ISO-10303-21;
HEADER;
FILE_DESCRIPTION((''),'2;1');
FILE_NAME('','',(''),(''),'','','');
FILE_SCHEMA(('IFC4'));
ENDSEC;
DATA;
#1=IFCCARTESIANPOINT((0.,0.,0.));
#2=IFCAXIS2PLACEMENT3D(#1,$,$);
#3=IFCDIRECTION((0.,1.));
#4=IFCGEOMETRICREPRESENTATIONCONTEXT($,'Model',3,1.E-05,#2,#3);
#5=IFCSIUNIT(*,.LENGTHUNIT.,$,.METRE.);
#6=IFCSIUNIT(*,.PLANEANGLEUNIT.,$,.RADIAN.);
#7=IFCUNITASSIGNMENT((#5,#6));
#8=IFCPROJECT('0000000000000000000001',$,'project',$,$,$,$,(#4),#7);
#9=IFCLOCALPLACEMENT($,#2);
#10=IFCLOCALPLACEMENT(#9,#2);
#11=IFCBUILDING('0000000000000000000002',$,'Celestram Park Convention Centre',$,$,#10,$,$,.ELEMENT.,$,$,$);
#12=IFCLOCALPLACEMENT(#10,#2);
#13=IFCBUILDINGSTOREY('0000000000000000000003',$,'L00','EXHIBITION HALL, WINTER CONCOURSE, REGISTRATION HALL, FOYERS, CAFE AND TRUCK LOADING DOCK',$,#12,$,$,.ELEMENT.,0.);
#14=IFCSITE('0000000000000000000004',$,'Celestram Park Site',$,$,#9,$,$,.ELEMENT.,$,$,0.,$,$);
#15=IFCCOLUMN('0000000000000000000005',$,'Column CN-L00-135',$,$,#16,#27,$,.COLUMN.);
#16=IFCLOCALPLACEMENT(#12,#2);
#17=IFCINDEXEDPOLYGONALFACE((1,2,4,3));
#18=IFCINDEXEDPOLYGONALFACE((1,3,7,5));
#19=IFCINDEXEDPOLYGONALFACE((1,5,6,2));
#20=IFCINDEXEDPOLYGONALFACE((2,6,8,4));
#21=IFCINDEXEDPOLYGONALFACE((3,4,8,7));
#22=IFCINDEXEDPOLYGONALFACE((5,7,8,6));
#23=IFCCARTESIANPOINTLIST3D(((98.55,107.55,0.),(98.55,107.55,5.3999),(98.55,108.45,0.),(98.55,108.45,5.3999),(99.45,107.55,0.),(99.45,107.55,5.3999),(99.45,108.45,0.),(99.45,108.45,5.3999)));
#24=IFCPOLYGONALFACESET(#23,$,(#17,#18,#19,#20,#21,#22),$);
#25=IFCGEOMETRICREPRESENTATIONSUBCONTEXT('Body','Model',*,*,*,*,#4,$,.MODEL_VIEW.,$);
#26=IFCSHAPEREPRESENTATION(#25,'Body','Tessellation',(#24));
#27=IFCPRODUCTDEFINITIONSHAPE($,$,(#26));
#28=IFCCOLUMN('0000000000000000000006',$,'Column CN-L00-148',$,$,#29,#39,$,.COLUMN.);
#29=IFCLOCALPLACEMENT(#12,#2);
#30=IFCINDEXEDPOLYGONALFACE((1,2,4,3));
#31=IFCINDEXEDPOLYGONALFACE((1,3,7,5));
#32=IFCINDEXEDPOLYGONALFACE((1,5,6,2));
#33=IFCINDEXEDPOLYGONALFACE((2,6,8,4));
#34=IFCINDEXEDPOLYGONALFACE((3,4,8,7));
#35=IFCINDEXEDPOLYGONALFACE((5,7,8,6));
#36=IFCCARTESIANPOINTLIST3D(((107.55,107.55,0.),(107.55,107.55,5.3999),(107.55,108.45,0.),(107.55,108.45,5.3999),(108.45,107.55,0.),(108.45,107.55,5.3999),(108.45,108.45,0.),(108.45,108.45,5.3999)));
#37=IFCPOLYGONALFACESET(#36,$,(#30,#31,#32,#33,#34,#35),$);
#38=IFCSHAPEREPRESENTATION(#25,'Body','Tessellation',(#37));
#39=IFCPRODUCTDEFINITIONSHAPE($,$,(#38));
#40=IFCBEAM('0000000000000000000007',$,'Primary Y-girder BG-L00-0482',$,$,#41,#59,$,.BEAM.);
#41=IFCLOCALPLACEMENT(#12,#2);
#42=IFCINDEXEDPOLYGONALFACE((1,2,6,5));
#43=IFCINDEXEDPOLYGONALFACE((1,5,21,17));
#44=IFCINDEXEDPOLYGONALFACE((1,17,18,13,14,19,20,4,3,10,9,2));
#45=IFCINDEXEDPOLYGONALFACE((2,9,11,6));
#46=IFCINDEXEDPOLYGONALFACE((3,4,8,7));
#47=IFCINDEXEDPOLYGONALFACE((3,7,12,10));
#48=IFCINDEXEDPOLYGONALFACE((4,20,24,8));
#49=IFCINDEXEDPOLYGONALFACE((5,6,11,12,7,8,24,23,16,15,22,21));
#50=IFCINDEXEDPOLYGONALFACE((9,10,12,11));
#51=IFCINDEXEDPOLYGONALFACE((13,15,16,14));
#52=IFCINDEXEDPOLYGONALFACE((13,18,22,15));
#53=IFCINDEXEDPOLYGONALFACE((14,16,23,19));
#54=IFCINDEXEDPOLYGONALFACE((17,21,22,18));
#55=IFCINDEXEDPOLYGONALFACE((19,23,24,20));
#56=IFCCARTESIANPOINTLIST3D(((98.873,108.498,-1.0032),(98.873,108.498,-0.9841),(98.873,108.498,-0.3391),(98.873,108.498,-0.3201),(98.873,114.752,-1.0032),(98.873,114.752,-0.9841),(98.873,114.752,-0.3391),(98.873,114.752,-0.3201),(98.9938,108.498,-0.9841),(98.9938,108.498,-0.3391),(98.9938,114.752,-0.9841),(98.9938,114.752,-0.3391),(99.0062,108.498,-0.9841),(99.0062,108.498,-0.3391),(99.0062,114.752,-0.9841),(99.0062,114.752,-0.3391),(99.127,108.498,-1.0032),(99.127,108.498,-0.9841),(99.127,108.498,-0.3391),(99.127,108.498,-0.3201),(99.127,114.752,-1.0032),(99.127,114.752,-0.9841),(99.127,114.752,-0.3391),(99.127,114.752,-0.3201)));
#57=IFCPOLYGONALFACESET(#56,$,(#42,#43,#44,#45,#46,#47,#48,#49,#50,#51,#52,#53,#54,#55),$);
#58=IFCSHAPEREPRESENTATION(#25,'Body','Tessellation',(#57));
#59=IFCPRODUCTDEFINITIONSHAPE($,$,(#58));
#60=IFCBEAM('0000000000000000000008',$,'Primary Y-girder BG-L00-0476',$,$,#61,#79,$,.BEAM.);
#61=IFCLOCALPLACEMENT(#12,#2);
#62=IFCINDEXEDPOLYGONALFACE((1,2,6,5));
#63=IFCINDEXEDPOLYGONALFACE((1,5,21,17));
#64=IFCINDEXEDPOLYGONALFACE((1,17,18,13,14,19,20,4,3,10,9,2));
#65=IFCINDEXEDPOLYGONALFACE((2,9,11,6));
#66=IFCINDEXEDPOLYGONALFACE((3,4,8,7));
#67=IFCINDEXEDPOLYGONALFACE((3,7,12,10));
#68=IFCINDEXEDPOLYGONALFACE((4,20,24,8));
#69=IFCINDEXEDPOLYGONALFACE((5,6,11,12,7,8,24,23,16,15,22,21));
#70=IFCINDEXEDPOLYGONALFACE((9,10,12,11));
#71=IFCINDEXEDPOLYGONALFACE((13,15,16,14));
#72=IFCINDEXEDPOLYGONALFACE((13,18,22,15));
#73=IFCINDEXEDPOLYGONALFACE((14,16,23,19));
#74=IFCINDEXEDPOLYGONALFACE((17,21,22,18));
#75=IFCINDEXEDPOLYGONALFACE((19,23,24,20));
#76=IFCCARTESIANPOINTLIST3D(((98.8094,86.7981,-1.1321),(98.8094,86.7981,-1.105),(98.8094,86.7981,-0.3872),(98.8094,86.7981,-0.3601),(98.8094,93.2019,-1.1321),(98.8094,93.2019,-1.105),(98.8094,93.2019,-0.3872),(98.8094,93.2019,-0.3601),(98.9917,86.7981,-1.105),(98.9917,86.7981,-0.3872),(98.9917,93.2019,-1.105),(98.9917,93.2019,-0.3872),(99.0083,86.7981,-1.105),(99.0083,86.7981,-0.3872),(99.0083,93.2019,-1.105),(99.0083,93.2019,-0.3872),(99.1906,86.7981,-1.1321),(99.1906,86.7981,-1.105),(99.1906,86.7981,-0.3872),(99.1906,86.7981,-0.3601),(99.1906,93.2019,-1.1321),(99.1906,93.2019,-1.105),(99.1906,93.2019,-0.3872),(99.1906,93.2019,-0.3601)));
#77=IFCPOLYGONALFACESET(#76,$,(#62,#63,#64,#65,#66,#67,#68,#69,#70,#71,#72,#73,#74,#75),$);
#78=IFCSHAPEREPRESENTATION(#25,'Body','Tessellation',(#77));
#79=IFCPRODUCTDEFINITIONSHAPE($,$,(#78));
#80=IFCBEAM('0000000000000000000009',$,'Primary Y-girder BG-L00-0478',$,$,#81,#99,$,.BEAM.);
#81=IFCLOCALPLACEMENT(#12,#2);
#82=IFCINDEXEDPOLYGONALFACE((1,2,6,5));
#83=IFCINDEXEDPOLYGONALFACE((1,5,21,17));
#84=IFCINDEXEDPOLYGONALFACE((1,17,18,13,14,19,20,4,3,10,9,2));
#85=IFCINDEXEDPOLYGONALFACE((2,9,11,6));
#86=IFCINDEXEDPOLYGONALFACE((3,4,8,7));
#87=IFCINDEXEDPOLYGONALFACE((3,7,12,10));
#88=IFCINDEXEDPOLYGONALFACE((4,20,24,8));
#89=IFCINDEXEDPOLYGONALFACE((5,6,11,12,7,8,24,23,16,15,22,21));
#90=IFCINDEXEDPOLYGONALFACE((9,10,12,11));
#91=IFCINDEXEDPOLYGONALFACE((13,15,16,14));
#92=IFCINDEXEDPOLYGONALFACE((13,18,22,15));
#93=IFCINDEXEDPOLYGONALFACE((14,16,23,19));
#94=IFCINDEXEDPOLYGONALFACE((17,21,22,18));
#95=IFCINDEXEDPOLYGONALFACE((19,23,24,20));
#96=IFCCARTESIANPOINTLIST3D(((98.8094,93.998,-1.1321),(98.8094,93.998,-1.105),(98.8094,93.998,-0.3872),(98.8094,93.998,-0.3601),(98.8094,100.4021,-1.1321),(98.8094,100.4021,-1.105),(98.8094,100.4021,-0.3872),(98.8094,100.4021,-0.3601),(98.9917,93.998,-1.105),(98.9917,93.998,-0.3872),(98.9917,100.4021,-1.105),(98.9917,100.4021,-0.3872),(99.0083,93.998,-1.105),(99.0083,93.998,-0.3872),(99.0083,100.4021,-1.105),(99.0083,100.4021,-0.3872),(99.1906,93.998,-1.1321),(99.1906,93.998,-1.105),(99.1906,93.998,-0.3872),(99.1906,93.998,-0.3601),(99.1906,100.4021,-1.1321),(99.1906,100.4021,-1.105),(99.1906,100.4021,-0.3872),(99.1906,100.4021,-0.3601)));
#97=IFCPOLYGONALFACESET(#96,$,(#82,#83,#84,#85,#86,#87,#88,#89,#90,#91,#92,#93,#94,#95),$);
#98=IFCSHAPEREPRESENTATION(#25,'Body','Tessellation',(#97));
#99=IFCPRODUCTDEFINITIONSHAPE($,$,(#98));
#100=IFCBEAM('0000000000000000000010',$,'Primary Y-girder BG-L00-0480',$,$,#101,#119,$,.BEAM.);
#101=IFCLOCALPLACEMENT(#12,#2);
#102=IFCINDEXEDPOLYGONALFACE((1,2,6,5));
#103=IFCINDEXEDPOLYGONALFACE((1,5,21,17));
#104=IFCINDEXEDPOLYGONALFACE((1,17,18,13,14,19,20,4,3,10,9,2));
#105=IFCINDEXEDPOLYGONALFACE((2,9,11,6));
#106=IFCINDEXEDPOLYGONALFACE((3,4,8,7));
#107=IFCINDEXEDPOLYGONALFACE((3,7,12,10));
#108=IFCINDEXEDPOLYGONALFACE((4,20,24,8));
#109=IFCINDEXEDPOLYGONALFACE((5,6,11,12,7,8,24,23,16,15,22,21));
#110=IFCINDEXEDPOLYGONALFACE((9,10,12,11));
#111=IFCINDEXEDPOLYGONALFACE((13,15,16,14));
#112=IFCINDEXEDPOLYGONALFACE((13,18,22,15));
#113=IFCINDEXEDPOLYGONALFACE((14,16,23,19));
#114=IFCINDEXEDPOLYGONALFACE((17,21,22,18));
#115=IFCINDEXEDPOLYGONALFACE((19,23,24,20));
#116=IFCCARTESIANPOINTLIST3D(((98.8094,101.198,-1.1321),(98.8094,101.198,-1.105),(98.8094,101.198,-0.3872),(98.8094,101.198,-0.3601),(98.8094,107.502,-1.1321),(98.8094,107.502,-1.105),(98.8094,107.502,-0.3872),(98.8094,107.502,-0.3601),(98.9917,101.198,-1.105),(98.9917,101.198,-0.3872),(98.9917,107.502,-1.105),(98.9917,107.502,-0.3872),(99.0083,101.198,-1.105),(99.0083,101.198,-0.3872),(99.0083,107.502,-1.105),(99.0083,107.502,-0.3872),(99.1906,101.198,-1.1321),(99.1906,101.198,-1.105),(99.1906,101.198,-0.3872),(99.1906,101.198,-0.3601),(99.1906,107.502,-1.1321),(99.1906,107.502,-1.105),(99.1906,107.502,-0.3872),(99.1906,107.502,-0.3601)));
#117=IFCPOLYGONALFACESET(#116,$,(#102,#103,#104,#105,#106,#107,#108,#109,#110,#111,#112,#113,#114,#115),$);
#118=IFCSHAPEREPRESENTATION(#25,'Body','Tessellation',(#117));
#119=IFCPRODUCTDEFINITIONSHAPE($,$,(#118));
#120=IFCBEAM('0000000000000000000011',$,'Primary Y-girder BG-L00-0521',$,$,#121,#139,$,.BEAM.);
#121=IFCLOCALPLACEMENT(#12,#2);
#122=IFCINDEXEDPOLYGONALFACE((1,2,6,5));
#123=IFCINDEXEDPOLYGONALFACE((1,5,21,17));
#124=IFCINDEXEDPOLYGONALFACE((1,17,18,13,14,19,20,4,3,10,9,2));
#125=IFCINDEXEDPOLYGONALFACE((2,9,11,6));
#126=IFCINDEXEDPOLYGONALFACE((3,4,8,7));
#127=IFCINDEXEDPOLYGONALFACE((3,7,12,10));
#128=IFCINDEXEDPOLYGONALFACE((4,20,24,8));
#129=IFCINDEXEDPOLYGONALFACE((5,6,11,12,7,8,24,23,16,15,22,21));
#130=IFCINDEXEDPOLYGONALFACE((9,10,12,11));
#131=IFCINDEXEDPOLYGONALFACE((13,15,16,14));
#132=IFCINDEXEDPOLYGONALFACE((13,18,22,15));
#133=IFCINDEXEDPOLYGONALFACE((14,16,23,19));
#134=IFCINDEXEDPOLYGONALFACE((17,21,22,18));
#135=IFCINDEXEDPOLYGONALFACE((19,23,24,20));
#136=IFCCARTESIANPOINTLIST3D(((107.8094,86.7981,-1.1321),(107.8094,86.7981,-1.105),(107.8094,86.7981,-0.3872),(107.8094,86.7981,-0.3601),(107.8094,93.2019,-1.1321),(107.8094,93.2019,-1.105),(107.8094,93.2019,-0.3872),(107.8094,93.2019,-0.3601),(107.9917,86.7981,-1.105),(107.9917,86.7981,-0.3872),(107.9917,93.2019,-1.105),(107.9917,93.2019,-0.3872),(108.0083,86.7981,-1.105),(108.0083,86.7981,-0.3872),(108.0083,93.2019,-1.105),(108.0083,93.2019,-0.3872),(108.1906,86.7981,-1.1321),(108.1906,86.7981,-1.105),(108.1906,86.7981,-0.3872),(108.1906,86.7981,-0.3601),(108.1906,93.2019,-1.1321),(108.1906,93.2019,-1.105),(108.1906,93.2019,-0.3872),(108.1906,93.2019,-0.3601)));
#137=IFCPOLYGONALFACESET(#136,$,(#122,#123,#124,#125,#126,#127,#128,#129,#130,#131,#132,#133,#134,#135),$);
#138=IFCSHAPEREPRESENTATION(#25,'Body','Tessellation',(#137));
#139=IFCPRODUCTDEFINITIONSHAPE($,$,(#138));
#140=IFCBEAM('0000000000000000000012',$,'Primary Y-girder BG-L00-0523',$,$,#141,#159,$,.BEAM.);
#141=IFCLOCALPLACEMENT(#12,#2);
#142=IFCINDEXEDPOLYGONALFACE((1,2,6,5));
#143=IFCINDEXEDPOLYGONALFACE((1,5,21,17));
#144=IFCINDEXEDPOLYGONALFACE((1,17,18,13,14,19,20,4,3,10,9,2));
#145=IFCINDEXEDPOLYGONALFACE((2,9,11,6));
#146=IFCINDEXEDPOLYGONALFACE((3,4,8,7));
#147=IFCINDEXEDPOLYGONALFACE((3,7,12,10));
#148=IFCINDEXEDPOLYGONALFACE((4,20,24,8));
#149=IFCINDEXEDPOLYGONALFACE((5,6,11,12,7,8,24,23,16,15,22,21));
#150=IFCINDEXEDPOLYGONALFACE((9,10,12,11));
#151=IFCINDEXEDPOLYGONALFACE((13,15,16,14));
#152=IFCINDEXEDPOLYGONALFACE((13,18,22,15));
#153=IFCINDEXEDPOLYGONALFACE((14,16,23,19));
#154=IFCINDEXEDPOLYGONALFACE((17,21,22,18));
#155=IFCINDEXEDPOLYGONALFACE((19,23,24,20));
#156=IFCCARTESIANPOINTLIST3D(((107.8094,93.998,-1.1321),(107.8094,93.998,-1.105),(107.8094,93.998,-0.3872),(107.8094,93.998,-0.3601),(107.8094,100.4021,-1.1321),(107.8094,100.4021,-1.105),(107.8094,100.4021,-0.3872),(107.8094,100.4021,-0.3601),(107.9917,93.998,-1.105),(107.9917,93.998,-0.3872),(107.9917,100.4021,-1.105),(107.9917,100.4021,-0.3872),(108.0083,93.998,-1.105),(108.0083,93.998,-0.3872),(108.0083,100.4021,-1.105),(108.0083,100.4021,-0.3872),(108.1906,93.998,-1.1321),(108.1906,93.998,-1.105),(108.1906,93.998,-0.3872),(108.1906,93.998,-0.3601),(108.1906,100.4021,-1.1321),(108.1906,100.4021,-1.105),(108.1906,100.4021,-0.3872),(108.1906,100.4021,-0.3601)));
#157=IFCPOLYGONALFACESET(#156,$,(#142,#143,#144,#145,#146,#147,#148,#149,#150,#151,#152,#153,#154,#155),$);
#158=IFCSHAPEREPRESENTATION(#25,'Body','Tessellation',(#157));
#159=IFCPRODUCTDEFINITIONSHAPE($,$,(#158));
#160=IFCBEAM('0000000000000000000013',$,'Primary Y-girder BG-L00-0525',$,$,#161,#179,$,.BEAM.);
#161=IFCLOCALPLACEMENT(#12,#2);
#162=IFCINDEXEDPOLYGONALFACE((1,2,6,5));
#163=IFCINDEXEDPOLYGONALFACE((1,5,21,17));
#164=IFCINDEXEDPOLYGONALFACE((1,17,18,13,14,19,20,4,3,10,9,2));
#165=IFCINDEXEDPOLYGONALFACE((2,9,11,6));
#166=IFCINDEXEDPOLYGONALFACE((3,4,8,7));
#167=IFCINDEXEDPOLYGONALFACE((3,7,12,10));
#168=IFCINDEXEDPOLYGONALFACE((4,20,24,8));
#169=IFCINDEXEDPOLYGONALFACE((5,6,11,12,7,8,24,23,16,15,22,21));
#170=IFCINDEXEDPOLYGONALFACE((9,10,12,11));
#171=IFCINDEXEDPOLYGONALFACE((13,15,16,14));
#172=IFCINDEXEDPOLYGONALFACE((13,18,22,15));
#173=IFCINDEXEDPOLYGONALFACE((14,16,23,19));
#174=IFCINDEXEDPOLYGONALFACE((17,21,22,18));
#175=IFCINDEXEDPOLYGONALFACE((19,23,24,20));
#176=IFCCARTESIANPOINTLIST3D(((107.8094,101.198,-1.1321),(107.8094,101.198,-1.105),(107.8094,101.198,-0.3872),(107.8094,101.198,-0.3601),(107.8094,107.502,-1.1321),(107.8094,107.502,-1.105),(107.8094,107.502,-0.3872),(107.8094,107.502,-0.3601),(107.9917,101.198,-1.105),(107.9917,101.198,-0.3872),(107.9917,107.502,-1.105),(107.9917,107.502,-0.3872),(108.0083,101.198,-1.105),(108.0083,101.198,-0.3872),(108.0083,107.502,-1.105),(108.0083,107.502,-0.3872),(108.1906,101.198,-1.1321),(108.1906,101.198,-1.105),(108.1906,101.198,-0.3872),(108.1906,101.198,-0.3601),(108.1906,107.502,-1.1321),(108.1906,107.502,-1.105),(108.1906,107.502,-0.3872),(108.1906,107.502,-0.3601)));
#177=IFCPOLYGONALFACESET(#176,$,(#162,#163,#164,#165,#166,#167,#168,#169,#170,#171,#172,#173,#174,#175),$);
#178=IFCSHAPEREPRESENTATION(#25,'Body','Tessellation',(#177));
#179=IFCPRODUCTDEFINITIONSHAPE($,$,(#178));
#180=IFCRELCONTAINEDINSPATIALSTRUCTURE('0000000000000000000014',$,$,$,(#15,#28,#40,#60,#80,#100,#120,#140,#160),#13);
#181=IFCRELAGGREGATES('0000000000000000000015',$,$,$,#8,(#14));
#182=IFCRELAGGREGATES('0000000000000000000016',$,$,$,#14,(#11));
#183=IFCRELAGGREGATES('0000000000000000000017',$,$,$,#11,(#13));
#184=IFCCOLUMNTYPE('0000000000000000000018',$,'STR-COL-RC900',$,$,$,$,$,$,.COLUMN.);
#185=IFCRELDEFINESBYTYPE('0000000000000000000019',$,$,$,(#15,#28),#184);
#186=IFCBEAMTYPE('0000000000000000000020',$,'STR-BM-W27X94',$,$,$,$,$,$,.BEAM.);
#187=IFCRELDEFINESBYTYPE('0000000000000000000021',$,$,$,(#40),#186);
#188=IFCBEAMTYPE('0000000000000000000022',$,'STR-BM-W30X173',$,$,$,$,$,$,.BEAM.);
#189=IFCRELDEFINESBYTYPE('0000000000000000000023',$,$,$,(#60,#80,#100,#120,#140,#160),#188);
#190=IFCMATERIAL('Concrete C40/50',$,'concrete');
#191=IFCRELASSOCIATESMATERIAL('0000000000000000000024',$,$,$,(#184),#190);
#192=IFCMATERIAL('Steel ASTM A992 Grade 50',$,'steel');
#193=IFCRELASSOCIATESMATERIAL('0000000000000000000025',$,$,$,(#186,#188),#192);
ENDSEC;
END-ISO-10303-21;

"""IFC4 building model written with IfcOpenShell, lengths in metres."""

from ifc_helpers import new_model, si_unit, direction, frame, origin, origin_2d, place, context, subcontext, project, spatial, rectangle, i_section, extrude, material, material_profile, profile_set, type_object, element, save


model = new_model("IFC4")

# Units and contexts
model_context = context("Model", 3, precision=1e-05, world=origin(), true_north=direction((0.0, 1.0)))
body_context = subcontext(model_context, "Body", "Model", "MODEL_VIEW")
ifc_project = project(units=[si_unit("LENGTHUNIT", "METRE"), si_unit("PLANEANGLEUNIT", "RADIAN")], contexts=[model_context])

# Site, building, storey
site_placement = place(None, origin())
site = spatial("IfcSite", under=ifc_project, at=site_placement, Name="Celestram Park Site", CompositionType="ELEMENT", RefElevation=0.0)
building_placement = place(site_placement, origin())
building = spatial("IfcBuilding", under=site, at=building_placement, Name="Celestram Park Convention Centre", CompositionType="ELEMENT")
storey_placement = place(building_placement, origin())
storey = spatial("IfcBuildingStorey", under=building, at=storey_placement, Name="L00", Description="EXHIBITION HALL, WINTER CONCOURSE, REGISTRATION HALL, FOYERS, CAFE AND TRUCK LOADING DOCK", CompositionType="ELEMENT", Elevation=0.0)

# Columns
ifc_material_1 = material(Name="Concrete C40/50", Category="concrete")
ifc_material_profile_1 = material_profile(ifc_material_1, rectangle(XDim=0.8999, YDim=0.8999, at=origin_2d()), Name="RC900X900")
ifc_profile_set_1 = profile_set([ifc_material_profile_1], Name="Concrete C40/50")
column_type = type_object("IfcColumnType", Name="STR-COL-RC900", PredefinedType="COLUMN", material=ifc_profile_set_1)
for number, where, z_axis, x_axis, name in (
    (1, (99.0, 108.0, 0.0), (0.0, 0.0, 1.0), (1.0, 0.0, 0.0), "Column CN-L00-135"),
    (2, (108.0, 108.0, 0.0), (0.0, 0.0, 1.0), (1.0, 0.0, 0.0), "Column CN-L00-148"),
):
    element("IfcColumn", number, at=place(storey_placement, frame(where, z_axis=z_axis, x_axis=x_axis)), inside=storey, type_object=column_type, Name=name, PredefinedType="COLUMN", context=body_context, shape_type="SweptSolid", body=[
        extrude(rectangle(XDim=0.8999, YDim=0.8999, at=origin_2d()), origin(), (0.0, 0.0, 1.0), 5.3999),
    ])

# Beams
ifc_material_2 = material(Name="Steel ASTM A992 Grade 50", Category="steel")
ifc_material_profile_2 = material_profile(ifc_material_2, i_section(OverallWidth=0.2539, OverallDepth=0.6831, WebThickness=0.0125, FlangeThickness=0.019, at=origin_2d()), Name="W27X94")
ifc_profile_set_2 = profile_set([ifc_material_profile_2], Name="Steel ASTM A992 Grade 50")
beam_type_1 = type_object("IfcBeamType", Name="STR-BM-W27X94", PredefinedType="BEAM", material=ifc_profile_set_2)
beam_1_placement = place(storey_placement, frame((99.0, 108.498, -0.6616), z_axis=(0.0, 1.0, 0.0), x_axis=(-1.0, 0.0, 0.0)))
element("IfcBeam", 3, at=beam_1_placement, inside=storey, type_object=beam_type_1, Name="Primary Y-girder BG-L00-0482", PredefinedType="BEAM", context=body_context, shape_type="SweptSolid", body=[
    extrude(i_section(OverallWidth=0.2539, OverallDepth=0.6831, WebThickness=0.0125, FlangeThickness=0.019, at=origin_2d()), origin(), (0.0, 0.0, 1.0), 6.2539),
])
ifc_material_profile_3 = material_profile(ifc_material_2, i_section(OverallWidth=0.3811, OverallDepth=0.772, WebThickness=0.0166, FlangeThickness=0.0271, at=origin_2d()), Name="W30X173")
ifc_profile_set_3 = profile_set([ifc_material_profile_3], Name="Steel ASTM A992 Grade 50")
beam_type_2 = type_object("IfcBeamType", Name="STR-BM-W30X173", PredefinedType="BEAM", material=ifc_profile_set_3)
beam_2_placement = place(storey_placement, frame((99.0, 86.7981, -0.7461), z_axis=(0.0, 1.0, 0.0), x_axis=(-1.0, 0.0, 0.0)))
element("IfcBeam", 4, at=beam_2_placement, inside=storey, type_object=beam_type_2, Name="Primary Y-girder BG-L00-0476", PredefinedType="BEAM", context=body_context, shape_type="SweptSolid", body=[
    extrude(i_section(OverallWidth=0.3811, OverallDepth=0.772, WebThickness=0.0166, FlangeThickness=0.0271, at=origin_2d()), origin(), (0.0, 0.0, 1.0), 6.4038),
])
beam_3_placement = place(storey_placement, frame((99.0, 93.998, -0.7461), z_axis=(0.0, 1.0, 0.0), x_axis=(-1.0, 0.0, 0.0)))
element("IfcBeam", 5, at=beam_3_placement, inside=storey, type_object=beam_type_2, Name="Primary Y-girder BG-L00-0478", PredefinedType="BEAM", context=body_context, shape_type="SweptSolid", body=[
    extrude(i_section(OverallWidth=0.3811, OverallDepth=0.772, WebThickness=0.0166, FlangeThickness=0.0271, at=origin_2d()), origin(), (0.0, 0.0, 1.0), 6.4041),
])
beam_4_placement = place(storey_placement, frame((99.0, 101.198, -0.7461), z_axis=(0.0, 1.0, 0.0), x_axis=(-1.0, 0.0, 0.0)))
element("IfcBeam", 6, at=beam_4_placement, inside=storey, type_object=beam_type_2, Name="Primary Y-girder BG-L00-0480", PredefinedType="BEAM", context=body_context, shape_type="SweptSolid", body=[
    extrude(i_section(OverallWidth=0.3811, OverallDepth=0.772, WebThickness=0.0166, FlangeThickness=0.0271, at=origin_2d()), origin(), (0.0, 0.0, 1.0), 6.304),
])
beam_5_placement = place(storey_placement, frame((108.0, 86.7981, -0.7461), z_axis=(0.0, 1.0, 0.0), x_axis=(-1.0, 0.0, 0.0)))
element("IfcBeam", 7, at=beam_5_placement, inside=storey, type_object=beam_type_2, Name="Primary Y-girder BG-L00-0521", PredefinedType="BEAM", context=body_context, shape_type="SweptSolid", body=[
    extrude(i_section(OverallWidth=0.3811, OverallDepth=0.772, WebThickness=0.0166, FlangeThickness=0.0271, at=origin_2d()), origin(), (0.0, 0.0, 1.0), 6.4038),
])
beam_6_placement = place(storey_placement, frame((108.0, 93.998, -0.7461), z_axis=(0.0, 1.0, 0.0), x_axis=(-1.0, 0.0, 0.0)))
element("IfcBeam", 8, at=beam_6_placement, inside=storey, type_object=beam_type_2, Name="Primary Y-girder BG-L00-0523", PredefinedType="BEAM", context=body_context, shape_type="SweptSolid", body=[
    extrude(i_section(OverallWidth=0.3811, OverallDepth=0.772, WebThickness=0.0166, FlangeThickness=0.0271, at=origin_2d()), origin(), (0.0, 0.0, 1.0), 6.4041),
])
beam_7_placement = place(storey_placement, frame((108.0, 101.198, -0.7461), z_axis=(0.0, 1.0, 0.0), x_axis=(-1.0, 0.0, 0.0)))
element("IfcBeam", 9, at=beam_7_placement, inside=storey, type_object=beam_type_2, Name="Primary Y-girder BG-L00-0525", PredefinedType="BEAM", context=body_context, shape_type="SweptSolid", body=[
    extrude(i_section(OverallWidth=0.3811, OverallDepth=0.772, WebThickness=0.0166, FlangeThickness=0.0271, at=origin_2d()), origin(), (0.0, 0.0, 1.0), 6.304),
])

save(model, "model.ifc")
